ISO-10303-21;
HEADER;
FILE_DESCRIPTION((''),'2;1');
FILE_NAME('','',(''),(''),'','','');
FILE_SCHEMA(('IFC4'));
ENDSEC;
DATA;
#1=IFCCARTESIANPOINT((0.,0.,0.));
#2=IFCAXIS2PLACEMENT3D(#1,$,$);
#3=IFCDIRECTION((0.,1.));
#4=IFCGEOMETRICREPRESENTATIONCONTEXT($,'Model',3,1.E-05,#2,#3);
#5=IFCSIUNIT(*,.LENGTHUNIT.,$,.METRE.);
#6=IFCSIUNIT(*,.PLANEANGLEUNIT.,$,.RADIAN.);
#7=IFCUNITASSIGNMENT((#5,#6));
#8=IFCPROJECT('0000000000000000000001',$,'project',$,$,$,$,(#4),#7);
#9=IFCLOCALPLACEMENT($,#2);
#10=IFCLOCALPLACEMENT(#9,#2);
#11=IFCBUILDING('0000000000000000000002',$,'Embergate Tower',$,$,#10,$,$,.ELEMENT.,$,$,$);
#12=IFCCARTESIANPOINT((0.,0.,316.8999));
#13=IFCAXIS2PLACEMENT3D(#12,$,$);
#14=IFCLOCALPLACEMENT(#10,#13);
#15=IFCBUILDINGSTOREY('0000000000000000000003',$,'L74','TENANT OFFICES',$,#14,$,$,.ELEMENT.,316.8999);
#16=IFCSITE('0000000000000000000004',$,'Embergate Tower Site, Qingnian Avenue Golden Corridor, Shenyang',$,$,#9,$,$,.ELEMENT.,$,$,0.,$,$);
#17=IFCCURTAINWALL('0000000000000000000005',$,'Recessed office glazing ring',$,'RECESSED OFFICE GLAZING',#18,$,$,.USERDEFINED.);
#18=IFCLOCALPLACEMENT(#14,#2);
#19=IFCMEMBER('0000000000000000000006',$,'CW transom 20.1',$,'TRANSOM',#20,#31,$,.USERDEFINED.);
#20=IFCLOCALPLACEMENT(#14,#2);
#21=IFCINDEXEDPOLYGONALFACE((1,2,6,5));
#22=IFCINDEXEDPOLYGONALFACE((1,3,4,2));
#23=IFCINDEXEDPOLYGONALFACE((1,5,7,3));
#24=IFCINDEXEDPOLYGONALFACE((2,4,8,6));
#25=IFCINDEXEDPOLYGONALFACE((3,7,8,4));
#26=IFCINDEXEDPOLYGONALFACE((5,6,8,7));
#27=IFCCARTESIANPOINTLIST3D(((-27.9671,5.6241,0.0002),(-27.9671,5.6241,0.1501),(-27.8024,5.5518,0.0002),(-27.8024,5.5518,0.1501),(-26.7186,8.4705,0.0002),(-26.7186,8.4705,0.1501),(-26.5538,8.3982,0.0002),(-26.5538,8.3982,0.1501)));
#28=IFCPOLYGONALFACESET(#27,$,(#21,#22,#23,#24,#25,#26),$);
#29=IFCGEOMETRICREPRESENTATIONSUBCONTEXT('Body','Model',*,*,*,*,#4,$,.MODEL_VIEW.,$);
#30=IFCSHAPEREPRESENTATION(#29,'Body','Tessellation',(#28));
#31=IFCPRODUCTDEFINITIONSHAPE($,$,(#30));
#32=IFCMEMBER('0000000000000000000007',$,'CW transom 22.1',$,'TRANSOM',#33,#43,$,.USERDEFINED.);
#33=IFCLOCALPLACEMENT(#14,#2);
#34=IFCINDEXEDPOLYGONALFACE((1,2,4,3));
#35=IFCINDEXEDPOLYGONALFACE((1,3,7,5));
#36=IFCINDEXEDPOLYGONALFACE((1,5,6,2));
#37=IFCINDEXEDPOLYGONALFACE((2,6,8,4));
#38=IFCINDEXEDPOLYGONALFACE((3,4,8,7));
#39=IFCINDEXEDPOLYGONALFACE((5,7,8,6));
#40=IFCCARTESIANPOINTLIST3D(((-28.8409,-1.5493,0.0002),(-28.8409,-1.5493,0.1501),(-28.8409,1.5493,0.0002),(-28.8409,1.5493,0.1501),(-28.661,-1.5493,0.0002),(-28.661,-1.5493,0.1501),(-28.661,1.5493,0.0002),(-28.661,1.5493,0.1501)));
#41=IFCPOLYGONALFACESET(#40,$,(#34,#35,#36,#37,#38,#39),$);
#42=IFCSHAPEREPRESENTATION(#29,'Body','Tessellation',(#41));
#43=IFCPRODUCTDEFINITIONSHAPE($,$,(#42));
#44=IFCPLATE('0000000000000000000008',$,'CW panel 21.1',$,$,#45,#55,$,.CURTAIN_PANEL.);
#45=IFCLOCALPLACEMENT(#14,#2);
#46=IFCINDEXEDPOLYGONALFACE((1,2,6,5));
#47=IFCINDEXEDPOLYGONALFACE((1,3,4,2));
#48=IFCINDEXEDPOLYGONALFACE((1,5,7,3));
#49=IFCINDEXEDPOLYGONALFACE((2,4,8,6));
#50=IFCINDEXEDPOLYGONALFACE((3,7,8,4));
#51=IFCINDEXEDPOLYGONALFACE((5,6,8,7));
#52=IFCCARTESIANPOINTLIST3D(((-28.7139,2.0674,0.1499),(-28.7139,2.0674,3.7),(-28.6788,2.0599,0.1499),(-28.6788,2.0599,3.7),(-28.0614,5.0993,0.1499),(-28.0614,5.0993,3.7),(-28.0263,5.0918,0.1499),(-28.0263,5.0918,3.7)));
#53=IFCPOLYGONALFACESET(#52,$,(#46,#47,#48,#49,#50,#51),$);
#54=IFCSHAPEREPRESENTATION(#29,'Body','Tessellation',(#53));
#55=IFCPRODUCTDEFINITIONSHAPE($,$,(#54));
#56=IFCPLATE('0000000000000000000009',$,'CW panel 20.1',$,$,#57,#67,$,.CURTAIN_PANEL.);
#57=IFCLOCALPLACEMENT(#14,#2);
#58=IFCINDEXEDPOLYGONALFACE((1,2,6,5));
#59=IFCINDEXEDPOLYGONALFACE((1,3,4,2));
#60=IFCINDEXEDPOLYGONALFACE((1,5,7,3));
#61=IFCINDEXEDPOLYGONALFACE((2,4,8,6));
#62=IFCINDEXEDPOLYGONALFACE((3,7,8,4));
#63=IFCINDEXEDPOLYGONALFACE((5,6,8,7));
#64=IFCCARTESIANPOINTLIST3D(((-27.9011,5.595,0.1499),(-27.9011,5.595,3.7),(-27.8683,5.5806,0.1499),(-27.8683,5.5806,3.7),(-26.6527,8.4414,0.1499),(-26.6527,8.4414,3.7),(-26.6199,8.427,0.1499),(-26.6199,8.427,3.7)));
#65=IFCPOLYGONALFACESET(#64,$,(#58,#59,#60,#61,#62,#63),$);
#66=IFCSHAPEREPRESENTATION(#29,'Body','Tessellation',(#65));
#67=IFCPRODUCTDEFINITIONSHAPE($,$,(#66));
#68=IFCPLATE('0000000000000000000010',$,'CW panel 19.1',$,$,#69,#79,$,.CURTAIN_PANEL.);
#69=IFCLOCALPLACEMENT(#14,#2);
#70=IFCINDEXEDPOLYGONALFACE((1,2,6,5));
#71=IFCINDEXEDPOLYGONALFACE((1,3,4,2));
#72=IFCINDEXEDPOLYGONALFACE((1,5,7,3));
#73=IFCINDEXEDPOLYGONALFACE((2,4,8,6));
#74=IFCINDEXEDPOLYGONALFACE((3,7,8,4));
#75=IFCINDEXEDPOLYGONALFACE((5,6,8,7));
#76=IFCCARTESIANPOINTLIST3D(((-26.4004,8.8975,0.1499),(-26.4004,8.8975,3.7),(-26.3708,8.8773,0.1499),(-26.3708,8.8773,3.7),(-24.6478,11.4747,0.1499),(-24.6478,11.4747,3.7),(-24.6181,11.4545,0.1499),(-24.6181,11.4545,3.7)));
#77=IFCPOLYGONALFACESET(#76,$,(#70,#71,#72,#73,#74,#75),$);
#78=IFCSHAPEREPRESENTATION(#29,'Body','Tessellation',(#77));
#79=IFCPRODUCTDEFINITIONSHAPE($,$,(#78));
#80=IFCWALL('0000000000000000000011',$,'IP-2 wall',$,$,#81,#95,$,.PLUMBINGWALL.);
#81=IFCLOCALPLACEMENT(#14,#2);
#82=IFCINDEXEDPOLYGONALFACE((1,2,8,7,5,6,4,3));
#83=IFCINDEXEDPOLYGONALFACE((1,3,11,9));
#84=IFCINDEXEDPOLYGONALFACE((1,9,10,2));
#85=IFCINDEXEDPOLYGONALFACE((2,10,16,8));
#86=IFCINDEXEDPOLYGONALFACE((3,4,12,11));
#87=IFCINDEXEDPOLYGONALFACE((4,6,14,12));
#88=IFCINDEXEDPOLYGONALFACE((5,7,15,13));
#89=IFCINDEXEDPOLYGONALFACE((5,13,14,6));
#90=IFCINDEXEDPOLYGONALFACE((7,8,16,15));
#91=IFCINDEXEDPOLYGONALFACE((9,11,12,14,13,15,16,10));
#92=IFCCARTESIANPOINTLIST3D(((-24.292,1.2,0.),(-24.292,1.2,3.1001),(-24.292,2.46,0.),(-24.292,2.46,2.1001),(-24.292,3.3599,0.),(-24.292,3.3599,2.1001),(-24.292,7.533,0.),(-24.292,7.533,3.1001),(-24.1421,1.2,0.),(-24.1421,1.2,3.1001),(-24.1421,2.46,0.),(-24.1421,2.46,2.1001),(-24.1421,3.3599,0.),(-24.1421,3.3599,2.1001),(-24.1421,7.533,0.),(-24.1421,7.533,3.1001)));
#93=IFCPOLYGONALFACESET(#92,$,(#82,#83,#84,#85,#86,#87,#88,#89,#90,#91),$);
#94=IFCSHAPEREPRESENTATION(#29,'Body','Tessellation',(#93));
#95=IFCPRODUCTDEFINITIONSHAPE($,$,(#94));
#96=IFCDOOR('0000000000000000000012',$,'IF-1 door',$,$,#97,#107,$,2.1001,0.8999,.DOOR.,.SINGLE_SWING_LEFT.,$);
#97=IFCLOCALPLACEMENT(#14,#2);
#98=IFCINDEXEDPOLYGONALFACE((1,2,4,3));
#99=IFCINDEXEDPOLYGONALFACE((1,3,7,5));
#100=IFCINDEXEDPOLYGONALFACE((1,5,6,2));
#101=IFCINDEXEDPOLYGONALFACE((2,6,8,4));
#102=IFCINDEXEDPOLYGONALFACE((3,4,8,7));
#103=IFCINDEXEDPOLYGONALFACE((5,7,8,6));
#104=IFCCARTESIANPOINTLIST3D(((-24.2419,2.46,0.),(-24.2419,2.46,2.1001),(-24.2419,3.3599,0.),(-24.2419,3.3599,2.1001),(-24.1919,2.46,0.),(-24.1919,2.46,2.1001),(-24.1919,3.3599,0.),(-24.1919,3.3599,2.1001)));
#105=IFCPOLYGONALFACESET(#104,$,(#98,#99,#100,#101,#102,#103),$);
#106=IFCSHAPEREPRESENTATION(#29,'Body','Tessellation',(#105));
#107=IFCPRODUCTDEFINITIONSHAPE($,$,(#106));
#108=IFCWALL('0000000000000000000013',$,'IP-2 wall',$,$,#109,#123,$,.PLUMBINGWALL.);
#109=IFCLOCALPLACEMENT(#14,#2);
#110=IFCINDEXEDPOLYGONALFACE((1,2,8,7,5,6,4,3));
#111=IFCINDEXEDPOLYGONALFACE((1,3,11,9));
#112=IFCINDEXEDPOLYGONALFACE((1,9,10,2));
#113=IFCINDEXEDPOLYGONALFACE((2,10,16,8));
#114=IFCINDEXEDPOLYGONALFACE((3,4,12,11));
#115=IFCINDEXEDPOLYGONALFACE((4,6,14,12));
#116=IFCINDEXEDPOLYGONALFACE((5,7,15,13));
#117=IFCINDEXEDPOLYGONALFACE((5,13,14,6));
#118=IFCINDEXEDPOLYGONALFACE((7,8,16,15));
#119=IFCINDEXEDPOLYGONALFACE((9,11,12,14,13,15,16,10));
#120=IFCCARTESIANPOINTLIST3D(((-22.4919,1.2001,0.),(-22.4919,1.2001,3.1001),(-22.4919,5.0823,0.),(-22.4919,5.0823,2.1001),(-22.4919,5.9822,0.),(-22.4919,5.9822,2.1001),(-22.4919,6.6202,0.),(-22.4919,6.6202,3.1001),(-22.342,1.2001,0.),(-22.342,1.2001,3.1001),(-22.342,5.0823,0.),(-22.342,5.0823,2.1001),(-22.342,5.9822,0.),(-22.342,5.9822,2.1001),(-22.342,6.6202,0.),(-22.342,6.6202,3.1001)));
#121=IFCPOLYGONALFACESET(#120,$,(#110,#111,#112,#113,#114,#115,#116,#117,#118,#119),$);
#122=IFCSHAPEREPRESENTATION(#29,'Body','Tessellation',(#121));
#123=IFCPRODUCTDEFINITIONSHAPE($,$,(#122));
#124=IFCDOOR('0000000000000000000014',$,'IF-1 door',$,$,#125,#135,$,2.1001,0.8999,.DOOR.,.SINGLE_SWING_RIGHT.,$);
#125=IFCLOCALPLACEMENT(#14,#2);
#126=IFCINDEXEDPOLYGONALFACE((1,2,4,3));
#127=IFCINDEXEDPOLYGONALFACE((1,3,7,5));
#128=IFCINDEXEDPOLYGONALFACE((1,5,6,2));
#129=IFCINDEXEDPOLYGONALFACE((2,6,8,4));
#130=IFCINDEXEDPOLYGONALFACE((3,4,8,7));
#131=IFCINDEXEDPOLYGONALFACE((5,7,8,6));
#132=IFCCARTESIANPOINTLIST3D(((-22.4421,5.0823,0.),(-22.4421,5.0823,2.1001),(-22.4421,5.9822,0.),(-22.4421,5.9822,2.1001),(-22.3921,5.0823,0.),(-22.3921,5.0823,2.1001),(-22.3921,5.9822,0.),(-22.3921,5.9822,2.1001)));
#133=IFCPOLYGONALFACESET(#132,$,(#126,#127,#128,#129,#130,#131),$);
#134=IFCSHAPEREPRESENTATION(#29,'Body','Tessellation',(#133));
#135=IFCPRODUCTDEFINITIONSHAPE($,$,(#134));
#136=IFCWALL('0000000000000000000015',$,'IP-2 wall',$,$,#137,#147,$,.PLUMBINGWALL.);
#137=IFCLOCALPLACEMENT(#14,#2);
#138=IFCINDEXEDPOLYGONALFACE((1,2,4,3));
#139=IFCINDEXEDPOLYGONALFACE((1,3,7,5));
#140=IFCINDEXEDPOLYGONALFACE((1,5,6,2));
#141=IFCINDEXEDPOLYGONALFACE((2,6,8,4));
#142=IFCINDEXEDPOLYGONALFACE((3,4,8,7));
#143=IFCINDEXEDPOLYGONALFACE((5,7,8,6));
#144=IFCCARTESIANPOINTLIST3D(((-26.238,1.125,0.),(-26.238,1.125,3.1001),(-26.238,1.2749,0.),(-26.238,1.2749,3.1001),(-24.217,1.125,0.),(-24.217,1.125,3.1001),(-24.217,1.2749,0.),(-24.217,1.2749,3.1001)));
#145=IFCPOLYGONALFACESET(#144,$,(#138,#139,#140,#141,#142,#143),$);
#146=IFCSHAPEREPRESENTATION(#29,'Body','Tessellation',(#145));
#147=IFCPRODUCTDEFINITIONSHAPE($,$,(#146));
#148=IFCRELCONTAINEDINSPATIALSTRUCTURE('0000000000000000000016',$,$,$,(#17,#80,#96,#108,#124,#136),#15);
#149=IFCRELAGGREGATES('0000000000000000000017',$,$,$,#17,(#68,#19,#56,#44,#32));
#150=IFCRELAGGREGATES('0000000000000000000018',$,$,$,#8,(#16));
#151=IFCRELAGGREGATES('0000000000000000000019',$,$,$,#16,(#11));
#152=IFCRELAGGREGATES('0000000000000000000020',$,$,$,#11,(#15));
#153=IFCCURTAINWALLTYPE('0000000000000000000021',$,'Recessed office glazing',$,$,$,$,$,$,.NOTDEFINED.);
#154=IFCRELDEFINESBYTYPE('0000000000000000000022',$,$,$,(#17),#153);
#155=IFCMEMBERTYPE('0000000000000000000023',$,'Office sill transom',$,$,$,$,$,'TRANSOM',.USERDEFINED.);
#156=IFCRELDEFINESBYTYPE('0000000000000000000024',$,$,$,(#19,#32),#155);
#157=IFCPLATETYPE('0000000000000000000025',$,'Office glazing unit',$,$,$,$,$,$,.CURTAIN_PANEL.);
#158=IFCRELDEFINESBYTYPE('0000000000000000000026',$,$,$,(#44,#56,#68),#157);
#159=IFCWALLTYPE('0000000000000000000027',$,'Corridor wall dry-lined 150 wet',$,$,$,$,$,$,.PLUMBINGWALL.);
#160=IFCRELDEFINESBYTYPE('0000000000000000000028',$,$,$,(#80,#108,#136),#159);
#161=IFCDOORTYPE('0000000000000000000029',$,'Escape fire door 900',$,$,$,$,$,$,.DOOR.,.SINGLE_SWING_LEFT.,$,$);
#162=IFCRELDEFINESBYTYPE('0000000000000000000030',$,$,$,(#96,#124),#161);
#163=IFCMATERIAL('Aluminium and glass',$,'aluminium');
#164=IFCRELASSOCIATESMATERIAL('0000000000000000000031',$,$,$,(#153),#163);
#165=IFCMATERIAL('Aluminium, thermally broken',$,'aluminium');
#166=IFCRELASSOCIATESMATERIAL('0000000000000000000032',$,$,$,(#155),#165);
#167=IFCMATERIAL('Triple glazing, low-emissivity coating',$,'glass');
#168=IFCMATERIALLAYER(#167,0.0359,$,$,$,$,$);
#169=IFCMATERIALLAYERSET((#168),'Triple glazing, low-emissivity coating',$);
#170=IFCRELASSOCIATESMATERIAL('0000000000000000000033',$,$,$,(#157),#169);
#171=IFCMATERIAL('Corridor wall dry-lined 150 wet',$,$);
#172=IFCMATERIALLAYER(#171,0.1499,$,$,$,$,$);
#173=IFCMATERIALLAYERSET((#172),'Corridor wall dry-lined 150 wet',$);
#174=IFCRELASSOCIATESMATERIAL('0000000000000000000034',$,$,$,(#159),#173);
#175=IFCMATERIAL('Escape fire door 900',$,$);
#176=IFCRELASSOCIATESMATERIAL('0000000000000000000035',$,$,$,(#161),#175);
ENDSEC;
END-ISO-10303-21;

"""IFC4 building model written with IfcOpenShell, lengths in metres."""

from ifc_helpers import new_model, si_unit, direction, frame, frame_2d, origin, origin_2d, place, context, subcontext, project, spatial, rectangle, extrude, source, transform, mapped, material, layer, layer_set, material_profile, profile_set, type_object, element, fill, aggregate, save


model = new_model("IFC4")

# Units and contexts
model_context = context("Model", 3, precision=1e-05, world=origin(), true_north=direction((0.0, 1.0)))
body_context = subcontext(model_context, "Body", "Model", "MODEL_VIEW")
ifc_project = project(units=[si_unit("LENGTHUNIT", "METRE"), si_unit("PLANEANGLEUNIT", "RADIAN")], contexts=[model_context])

# Site, building, storey
site_placement = place(None, origin())
site = spatial("IfcSite", under=ifc_project, at=site_placement, Name="Embergate Tower Site, Qingnian Avenue Golden Corridor, Shenyang", CompositionType="ELEMENT", RefElevation=0.0)
building_placement = place(site_placement, origin())
building = spatial("IfcBuilding", under=site, at=building_placement, Name="Embergate Tower", CompositionType="ELEMENT")
storey_placement = place(building_placement, frame((0.0, 0.0, 316.8999)))
storey = spatial("IfcBuildingStorey", under=building, at=storey_placement, Name="L74", Description="TENANT OFFICES", CompositionType="ELEMENT", Elevation=316.8999)

# Curtain wall, members, plates
ifc_material_1 = material(Name="Aluminium and glass", Category="aluminium")
curtain_wall_type = type_object("IfcCurtainWallType", Name="Recessed office glazing", PredefinedType="NOTDEFINED", material=ifc_material_1)
curtain_wall_placement = place(storey_placement, origin())
curtain_wall = element("IfcCurtainWall", 1, at=curtain_wall_placement, inside=storey, type_object=curtain_wall_type, Name="Recessed office glazing ring", ObjectType="RECESSED OFFICE GLAZING", PredefinedType="USERDEFINED")
ifc_material_2 = material(Name="Aluminium, thermally broken", Category="aluminium")
ifc_material_profile_1 = material_profile(ifc_material_2, rectangle(XDim=0.1799, YDim=0.1499, at=origin_2d()), Name="AL 150x180")
ifc_profile_set_1 = profile_set([ifc_material_profile_1], Name="Aluminium, thermally broken")
member_type_1 = type_object("IfcMemberType", Name="Office sill transom", ElementType="TRANSOM", PredefinedType="USERDEFINED", material=ifc_profile_set_1)
shared_shape_1 = source(origin(), body_context, "Body", "SweptSolid", [
    extrude(rectangle(XDim=0.1799, YDim=0.1499, at=origin_2d()), origin(), (0.0, 0.0, 1.0), 3.1082),
])
member_1_placement = place(storey_placement, frame((-26.6362, 8.4343, 0.0752), z_axis=(-0.401688, -0.915777, 0.0), x_axis=(0.915777, -0.401688, 0.0)))
member_1 = element("IfcMember", 2, at=member_1_placement, type_object=member_type_1, Name="CW transom 20.1", ObjectType="TRANSOM", PredefinedType="USERDEFINED", context=body_context, shape_type="MappedRepresentation", body=[
    mapped(shared_shape_1, transform((0.0, 0.0, 0.0))),
])
shared_shape_2 = source(origin(), body_context, "Body", "SweptSolid", [
    extrude(rectangle(XDim=0.1799, YDim=0.1499, at=origin_2d()), origin(), (0.0, 0.0, 1.0), 3.0986),
])
member_2_placement = place(storey_placement, frame((-28.751, 1.5493, 0.0752), z_axis=(0.0, -1.0, 0.0), x_axis=(1.0, 0.0, 0.0)))
member_2 = element("IfcMember", 3, at=member_2_placement, type_object=member_type_1, Name="CW transom 22.1", ObjectType="TRANSOM", PredefinedType="USERDEFINED", context=body_context, shape_type="MappedRepresentation", body=[
    mapped(shared_shape_2, transform((0.0, 0.0, 0.0))),
])
ifc_material_3 = material(Name="Triple glazing, low-emissivity coating", Category="glass")
ifc_layer_1 = layer(ifc_material_3, 0.0359)
ifc_layer_set_1 = layer_set([ifc_layer_1], Name="Triple glazing, low-emissivity coating")
plate_type = type_object("IfcPlateType", Name="Office glazing unit", PredefinedType="CURTAIN_PANEL", material=ifc_layer_set_1)
shared_shape_3 = source(origin(), body_context, "Body", "SweptSolid", [
    extrude(rectangle(XDim=3.1013, YDim=0.0359, at=origin_2d()), origin(), (0.0, 0.0, 1.0), 3.55),
])
plate_1_placement = place(storey_placement, frame((-28.3701, 3.5796, 0.1499), z_axis=(0.0, 0.0, 1.0), x_axis=(-0.2104, -0.977615, 0.0)))
plate_1 = element("IfcPlate", 4, at=plate_1_placement, type_object=plate_type, Name="CW panel 21.1", PredefinedType="CURTAIN_PANEL", context=body_context, shape_type="MappedRepresentation", body=[
    mapped(shared_shape_3, transform((0.0, 0.0, 0.0))),
])
shared_shape_4 = source(origin(), body_context, "Body", "SweptSolid", [
    extrude(rectangle(XDim=3.1082, YDim=0.0359, at=origin_2d()), origin(), (0.0, 0.0, 1.0), 3.55),
])
plate_2_placement = place(storey_placement, frame((-27.2605, 7.011, 0.1499), z_axis=(0.0, 0.0, 1.0), x_axis=(-0.401654, -0.915792, 0.0)))
plate_2 = element("IfcPlate", 5, at=plate_2_placement, type_object=plate_type, Name="CW panel 20.1", PredefinedType="CURTAIN_PANEL", context=body_context, shape_type="MappedRepresentation", body=[
    mapped(shared_shape_4, transform((0.0, 0.0, 0.0))),
])
shared_shape_5 = source(origin(), body_context, "Body", "SweptSolid", [
    extrude(rectangle(XDim=3.1167, YDim=0.0359, at=origin_2d()), origin(), (0.0, 0.0, 1.0), 3.55),
])
plate_3_placement = place(storey_placement, frame((-25.5093, 10.176, 0.1499), z_axis=(0.0, 0.0, 1.0), x_axis=(-0.562343, -0.826904, 0.0)))
plate_3 = element("IfcPlate", 6, at=plate_3_placement, type_object=plate_type, Name="CW panel 19.1", PredefinedType="CURTAIN_PANEL", context=body_context, shape_type="MappedRepresentation", body=[
    mapped(shared_shape_5, transform((0.0, 0.0, 0.0))),
])
aggregate(curtain_wall, [plate_3, member_1, plate_2, plate_1, member_2])

# Walls, openings, doors
ifc_material_4 = material(Name="Corridor wall dry-lined 150 wet")
ifc_layer_2 = layer(ifc_material_4, 0.1499)
ifc_layer_set_2 = layer_set([ifc_layer_2], Name="Corridor wall dry-lined 150 wet")
wall_type_1 = type_object("IfcWallType", Name="Corridor wall dry-lined 150 wet", PredefinedType="PLUMBINGWALL", material=ifc_layer_set_2)
shared_shape_6 = source(origin(), body_context, "Body", "SweptSolid", [
    extrude(rectangle(XDim=6.333, YDim=0.1499, at=frame_2d((3.1665, 0.0))), origin(), (0.0, 0.0, 1.0), 3.1001),
])
wall_1_placement = place(storey_placement, frame((-24.217, 1.2, 0.0), z_axis=(0.0, 0.0, 1.0), x_axis=(0.0, 1.0, 0.0)))
wall_1 = element("IfcWall", 7, at=wall_1_placement, inside=storey, type_object=wall_type_1, Name="IP-2 wall", PredefinedType="PLUMBINGWALL", context=body_context, shape_type="MappedRepresentation", body=[
    mapped(shared_shape_6, transform((0.0, 0.0, 0.0))),
])
shared_shape_7 = source(origin(), body_context, "Body", "SweptSolid", [
    extrude(rectangle(XDim=0.8999, YDim=2.1001, at=frame_2d((0.45, 1.05))), frame((0.0, 0.085, 0.0), z_axis=(0.0, -1.0, 0.0), x_axis=(1.0, 0.0, 0.0)), (0.0, 0.0, 1.0), 0.1699),
])
opening_1_placement = place(wall_1_placement, frame((1.26, 0.0, 0.0)))
opening_1 = element("IfcOpeningElement", 8, at=opening_1_placement, cuts=wall_1, PredefinedType="OPENING", context=body_context, shape_type="MappedRepresentation", body=[
    mapped(shared_shape_7, transform((0.0, 0.0, 0.0))),
])
ifc_material_5 = material(Name="Escape fire door 900")
door_type = type_object("IfcDoorType", Name="Escape fire door 900", OperationType="SINGLE_SWING_LEFT", PredefinedType="DOOR", material=ifc_material_5)
shared_shape_8 = source(origin(), body_context, "Body", "SweptSolid", [
    extrude(rectangle(XDim=0.8999, YDim=2.1001, at=frame_2d((0.45, 1.05))), frame((0.0, 0.0249, 0.0), z_axis=(0.0, -1.0, 0.0), x_axis=(1.0, 0.0, 0.0)), (0.0, 0.0, 1.0), 0.05),
])
door_1_placement = place(opening_1_placement, origin())
door_1 = element("IfcDoor", 9, at=door_1_placement, inside=storey, type_object=door_type, Name="IF-1 door", OperationType="SINGLE_SWING_LEFT", OverallHeight=2.1001, OverallWidth=0.8999, PredefinedType="DOOR", context=body_context, shape_type="MappedRepresentation", body=[
    mapped(shared_shape_8, transform((0.0, 0.0, 0.0))),
])
fill(opening_1, door_1)
shared_shape_9 = source(origin(), body_context, "Body", "SweptSolid", [
    extrude(rectangle(XDim=5.4202, YDim=0.1499, at=frame_2d((2.71, 0.0))), origin(), (0.0, 0.0, 1.0), 3.1001),
])
wall_2_placement = place(storey_placement, frame((-22.417, 6.6201, 0.0), z_axis=(0.0, 0.0, 1.0), x_axis=(0.0, -1.0, 0.0)))
wall_2 = element("IfcWall", 10, at=wall_2_placement, inside=storey, type_object=wall_type_1, Name="IP-2 wall", PredefinedType="PLUMBINGWALL", context=body_context, shape_type="MappedRepresentation", body=[
    mapped(shared_shape_9, transform((0.0, 0.0, 0.0))),
])
opening_2_placement = place(wall_2_placement, frame((0.6379, 0.0, 0.0)))
opening_2 = element("IfcOpeningElement", 11, at=opening_2_placement, cuts=wall_2, PredefinedType="OPENING", context=body_context, shape_type="MappedRepresentation", body=[
    mapped(shared_shape_7, transform((0.0, 0.0, 0.0))),
])
door_2_placement = place(opening_2_placement, origin())
door_2 = element("IfcDoor", 12, at=door_2_placement, inside=storey, type_object=door_type, Name="IF-1 door", OperationType="SINGLE_SWING_RIGHT", OverallHeight=2.1001, OverallWidth=0.8999, PredefinedType="DOOR", context=body_context, shape_type="MappedRepresentation", body=[
    mapped(shared_shape_8, transform((0.0, 0.0, 0.0))),
])
fill(opening_2, door_2)

# Wall
shared_shape_10 = source(origin(), body_context, "Body", "SweptSolid", [
    extrude(rectangle(XDim=2.021, YDim=0.1499, at=frame_2d((1.0105, 0.0))), origin(), (0.0, 0.0, 1.0), 3.1001),
])
wall_3_placement = place(storey_placement, frame((-26.238, 1.2, 0.0), z_axis=(0.0, 0.0, 1.0), x_axis=(1.0, 0.0, 0.0)))
element("IfcWall", 13, at=wall_3_placement, inside=storey, type_object=wall_type_1, Name="IP-2 wall", PredefinedType="PLUMBINGWALL", context=body_context, shape_type="MappedRepresentation", body=[
    mapped(shared_shape_10, transform((0.0, 0.0, 0.0))),
])

save(model, "model.ifc")
